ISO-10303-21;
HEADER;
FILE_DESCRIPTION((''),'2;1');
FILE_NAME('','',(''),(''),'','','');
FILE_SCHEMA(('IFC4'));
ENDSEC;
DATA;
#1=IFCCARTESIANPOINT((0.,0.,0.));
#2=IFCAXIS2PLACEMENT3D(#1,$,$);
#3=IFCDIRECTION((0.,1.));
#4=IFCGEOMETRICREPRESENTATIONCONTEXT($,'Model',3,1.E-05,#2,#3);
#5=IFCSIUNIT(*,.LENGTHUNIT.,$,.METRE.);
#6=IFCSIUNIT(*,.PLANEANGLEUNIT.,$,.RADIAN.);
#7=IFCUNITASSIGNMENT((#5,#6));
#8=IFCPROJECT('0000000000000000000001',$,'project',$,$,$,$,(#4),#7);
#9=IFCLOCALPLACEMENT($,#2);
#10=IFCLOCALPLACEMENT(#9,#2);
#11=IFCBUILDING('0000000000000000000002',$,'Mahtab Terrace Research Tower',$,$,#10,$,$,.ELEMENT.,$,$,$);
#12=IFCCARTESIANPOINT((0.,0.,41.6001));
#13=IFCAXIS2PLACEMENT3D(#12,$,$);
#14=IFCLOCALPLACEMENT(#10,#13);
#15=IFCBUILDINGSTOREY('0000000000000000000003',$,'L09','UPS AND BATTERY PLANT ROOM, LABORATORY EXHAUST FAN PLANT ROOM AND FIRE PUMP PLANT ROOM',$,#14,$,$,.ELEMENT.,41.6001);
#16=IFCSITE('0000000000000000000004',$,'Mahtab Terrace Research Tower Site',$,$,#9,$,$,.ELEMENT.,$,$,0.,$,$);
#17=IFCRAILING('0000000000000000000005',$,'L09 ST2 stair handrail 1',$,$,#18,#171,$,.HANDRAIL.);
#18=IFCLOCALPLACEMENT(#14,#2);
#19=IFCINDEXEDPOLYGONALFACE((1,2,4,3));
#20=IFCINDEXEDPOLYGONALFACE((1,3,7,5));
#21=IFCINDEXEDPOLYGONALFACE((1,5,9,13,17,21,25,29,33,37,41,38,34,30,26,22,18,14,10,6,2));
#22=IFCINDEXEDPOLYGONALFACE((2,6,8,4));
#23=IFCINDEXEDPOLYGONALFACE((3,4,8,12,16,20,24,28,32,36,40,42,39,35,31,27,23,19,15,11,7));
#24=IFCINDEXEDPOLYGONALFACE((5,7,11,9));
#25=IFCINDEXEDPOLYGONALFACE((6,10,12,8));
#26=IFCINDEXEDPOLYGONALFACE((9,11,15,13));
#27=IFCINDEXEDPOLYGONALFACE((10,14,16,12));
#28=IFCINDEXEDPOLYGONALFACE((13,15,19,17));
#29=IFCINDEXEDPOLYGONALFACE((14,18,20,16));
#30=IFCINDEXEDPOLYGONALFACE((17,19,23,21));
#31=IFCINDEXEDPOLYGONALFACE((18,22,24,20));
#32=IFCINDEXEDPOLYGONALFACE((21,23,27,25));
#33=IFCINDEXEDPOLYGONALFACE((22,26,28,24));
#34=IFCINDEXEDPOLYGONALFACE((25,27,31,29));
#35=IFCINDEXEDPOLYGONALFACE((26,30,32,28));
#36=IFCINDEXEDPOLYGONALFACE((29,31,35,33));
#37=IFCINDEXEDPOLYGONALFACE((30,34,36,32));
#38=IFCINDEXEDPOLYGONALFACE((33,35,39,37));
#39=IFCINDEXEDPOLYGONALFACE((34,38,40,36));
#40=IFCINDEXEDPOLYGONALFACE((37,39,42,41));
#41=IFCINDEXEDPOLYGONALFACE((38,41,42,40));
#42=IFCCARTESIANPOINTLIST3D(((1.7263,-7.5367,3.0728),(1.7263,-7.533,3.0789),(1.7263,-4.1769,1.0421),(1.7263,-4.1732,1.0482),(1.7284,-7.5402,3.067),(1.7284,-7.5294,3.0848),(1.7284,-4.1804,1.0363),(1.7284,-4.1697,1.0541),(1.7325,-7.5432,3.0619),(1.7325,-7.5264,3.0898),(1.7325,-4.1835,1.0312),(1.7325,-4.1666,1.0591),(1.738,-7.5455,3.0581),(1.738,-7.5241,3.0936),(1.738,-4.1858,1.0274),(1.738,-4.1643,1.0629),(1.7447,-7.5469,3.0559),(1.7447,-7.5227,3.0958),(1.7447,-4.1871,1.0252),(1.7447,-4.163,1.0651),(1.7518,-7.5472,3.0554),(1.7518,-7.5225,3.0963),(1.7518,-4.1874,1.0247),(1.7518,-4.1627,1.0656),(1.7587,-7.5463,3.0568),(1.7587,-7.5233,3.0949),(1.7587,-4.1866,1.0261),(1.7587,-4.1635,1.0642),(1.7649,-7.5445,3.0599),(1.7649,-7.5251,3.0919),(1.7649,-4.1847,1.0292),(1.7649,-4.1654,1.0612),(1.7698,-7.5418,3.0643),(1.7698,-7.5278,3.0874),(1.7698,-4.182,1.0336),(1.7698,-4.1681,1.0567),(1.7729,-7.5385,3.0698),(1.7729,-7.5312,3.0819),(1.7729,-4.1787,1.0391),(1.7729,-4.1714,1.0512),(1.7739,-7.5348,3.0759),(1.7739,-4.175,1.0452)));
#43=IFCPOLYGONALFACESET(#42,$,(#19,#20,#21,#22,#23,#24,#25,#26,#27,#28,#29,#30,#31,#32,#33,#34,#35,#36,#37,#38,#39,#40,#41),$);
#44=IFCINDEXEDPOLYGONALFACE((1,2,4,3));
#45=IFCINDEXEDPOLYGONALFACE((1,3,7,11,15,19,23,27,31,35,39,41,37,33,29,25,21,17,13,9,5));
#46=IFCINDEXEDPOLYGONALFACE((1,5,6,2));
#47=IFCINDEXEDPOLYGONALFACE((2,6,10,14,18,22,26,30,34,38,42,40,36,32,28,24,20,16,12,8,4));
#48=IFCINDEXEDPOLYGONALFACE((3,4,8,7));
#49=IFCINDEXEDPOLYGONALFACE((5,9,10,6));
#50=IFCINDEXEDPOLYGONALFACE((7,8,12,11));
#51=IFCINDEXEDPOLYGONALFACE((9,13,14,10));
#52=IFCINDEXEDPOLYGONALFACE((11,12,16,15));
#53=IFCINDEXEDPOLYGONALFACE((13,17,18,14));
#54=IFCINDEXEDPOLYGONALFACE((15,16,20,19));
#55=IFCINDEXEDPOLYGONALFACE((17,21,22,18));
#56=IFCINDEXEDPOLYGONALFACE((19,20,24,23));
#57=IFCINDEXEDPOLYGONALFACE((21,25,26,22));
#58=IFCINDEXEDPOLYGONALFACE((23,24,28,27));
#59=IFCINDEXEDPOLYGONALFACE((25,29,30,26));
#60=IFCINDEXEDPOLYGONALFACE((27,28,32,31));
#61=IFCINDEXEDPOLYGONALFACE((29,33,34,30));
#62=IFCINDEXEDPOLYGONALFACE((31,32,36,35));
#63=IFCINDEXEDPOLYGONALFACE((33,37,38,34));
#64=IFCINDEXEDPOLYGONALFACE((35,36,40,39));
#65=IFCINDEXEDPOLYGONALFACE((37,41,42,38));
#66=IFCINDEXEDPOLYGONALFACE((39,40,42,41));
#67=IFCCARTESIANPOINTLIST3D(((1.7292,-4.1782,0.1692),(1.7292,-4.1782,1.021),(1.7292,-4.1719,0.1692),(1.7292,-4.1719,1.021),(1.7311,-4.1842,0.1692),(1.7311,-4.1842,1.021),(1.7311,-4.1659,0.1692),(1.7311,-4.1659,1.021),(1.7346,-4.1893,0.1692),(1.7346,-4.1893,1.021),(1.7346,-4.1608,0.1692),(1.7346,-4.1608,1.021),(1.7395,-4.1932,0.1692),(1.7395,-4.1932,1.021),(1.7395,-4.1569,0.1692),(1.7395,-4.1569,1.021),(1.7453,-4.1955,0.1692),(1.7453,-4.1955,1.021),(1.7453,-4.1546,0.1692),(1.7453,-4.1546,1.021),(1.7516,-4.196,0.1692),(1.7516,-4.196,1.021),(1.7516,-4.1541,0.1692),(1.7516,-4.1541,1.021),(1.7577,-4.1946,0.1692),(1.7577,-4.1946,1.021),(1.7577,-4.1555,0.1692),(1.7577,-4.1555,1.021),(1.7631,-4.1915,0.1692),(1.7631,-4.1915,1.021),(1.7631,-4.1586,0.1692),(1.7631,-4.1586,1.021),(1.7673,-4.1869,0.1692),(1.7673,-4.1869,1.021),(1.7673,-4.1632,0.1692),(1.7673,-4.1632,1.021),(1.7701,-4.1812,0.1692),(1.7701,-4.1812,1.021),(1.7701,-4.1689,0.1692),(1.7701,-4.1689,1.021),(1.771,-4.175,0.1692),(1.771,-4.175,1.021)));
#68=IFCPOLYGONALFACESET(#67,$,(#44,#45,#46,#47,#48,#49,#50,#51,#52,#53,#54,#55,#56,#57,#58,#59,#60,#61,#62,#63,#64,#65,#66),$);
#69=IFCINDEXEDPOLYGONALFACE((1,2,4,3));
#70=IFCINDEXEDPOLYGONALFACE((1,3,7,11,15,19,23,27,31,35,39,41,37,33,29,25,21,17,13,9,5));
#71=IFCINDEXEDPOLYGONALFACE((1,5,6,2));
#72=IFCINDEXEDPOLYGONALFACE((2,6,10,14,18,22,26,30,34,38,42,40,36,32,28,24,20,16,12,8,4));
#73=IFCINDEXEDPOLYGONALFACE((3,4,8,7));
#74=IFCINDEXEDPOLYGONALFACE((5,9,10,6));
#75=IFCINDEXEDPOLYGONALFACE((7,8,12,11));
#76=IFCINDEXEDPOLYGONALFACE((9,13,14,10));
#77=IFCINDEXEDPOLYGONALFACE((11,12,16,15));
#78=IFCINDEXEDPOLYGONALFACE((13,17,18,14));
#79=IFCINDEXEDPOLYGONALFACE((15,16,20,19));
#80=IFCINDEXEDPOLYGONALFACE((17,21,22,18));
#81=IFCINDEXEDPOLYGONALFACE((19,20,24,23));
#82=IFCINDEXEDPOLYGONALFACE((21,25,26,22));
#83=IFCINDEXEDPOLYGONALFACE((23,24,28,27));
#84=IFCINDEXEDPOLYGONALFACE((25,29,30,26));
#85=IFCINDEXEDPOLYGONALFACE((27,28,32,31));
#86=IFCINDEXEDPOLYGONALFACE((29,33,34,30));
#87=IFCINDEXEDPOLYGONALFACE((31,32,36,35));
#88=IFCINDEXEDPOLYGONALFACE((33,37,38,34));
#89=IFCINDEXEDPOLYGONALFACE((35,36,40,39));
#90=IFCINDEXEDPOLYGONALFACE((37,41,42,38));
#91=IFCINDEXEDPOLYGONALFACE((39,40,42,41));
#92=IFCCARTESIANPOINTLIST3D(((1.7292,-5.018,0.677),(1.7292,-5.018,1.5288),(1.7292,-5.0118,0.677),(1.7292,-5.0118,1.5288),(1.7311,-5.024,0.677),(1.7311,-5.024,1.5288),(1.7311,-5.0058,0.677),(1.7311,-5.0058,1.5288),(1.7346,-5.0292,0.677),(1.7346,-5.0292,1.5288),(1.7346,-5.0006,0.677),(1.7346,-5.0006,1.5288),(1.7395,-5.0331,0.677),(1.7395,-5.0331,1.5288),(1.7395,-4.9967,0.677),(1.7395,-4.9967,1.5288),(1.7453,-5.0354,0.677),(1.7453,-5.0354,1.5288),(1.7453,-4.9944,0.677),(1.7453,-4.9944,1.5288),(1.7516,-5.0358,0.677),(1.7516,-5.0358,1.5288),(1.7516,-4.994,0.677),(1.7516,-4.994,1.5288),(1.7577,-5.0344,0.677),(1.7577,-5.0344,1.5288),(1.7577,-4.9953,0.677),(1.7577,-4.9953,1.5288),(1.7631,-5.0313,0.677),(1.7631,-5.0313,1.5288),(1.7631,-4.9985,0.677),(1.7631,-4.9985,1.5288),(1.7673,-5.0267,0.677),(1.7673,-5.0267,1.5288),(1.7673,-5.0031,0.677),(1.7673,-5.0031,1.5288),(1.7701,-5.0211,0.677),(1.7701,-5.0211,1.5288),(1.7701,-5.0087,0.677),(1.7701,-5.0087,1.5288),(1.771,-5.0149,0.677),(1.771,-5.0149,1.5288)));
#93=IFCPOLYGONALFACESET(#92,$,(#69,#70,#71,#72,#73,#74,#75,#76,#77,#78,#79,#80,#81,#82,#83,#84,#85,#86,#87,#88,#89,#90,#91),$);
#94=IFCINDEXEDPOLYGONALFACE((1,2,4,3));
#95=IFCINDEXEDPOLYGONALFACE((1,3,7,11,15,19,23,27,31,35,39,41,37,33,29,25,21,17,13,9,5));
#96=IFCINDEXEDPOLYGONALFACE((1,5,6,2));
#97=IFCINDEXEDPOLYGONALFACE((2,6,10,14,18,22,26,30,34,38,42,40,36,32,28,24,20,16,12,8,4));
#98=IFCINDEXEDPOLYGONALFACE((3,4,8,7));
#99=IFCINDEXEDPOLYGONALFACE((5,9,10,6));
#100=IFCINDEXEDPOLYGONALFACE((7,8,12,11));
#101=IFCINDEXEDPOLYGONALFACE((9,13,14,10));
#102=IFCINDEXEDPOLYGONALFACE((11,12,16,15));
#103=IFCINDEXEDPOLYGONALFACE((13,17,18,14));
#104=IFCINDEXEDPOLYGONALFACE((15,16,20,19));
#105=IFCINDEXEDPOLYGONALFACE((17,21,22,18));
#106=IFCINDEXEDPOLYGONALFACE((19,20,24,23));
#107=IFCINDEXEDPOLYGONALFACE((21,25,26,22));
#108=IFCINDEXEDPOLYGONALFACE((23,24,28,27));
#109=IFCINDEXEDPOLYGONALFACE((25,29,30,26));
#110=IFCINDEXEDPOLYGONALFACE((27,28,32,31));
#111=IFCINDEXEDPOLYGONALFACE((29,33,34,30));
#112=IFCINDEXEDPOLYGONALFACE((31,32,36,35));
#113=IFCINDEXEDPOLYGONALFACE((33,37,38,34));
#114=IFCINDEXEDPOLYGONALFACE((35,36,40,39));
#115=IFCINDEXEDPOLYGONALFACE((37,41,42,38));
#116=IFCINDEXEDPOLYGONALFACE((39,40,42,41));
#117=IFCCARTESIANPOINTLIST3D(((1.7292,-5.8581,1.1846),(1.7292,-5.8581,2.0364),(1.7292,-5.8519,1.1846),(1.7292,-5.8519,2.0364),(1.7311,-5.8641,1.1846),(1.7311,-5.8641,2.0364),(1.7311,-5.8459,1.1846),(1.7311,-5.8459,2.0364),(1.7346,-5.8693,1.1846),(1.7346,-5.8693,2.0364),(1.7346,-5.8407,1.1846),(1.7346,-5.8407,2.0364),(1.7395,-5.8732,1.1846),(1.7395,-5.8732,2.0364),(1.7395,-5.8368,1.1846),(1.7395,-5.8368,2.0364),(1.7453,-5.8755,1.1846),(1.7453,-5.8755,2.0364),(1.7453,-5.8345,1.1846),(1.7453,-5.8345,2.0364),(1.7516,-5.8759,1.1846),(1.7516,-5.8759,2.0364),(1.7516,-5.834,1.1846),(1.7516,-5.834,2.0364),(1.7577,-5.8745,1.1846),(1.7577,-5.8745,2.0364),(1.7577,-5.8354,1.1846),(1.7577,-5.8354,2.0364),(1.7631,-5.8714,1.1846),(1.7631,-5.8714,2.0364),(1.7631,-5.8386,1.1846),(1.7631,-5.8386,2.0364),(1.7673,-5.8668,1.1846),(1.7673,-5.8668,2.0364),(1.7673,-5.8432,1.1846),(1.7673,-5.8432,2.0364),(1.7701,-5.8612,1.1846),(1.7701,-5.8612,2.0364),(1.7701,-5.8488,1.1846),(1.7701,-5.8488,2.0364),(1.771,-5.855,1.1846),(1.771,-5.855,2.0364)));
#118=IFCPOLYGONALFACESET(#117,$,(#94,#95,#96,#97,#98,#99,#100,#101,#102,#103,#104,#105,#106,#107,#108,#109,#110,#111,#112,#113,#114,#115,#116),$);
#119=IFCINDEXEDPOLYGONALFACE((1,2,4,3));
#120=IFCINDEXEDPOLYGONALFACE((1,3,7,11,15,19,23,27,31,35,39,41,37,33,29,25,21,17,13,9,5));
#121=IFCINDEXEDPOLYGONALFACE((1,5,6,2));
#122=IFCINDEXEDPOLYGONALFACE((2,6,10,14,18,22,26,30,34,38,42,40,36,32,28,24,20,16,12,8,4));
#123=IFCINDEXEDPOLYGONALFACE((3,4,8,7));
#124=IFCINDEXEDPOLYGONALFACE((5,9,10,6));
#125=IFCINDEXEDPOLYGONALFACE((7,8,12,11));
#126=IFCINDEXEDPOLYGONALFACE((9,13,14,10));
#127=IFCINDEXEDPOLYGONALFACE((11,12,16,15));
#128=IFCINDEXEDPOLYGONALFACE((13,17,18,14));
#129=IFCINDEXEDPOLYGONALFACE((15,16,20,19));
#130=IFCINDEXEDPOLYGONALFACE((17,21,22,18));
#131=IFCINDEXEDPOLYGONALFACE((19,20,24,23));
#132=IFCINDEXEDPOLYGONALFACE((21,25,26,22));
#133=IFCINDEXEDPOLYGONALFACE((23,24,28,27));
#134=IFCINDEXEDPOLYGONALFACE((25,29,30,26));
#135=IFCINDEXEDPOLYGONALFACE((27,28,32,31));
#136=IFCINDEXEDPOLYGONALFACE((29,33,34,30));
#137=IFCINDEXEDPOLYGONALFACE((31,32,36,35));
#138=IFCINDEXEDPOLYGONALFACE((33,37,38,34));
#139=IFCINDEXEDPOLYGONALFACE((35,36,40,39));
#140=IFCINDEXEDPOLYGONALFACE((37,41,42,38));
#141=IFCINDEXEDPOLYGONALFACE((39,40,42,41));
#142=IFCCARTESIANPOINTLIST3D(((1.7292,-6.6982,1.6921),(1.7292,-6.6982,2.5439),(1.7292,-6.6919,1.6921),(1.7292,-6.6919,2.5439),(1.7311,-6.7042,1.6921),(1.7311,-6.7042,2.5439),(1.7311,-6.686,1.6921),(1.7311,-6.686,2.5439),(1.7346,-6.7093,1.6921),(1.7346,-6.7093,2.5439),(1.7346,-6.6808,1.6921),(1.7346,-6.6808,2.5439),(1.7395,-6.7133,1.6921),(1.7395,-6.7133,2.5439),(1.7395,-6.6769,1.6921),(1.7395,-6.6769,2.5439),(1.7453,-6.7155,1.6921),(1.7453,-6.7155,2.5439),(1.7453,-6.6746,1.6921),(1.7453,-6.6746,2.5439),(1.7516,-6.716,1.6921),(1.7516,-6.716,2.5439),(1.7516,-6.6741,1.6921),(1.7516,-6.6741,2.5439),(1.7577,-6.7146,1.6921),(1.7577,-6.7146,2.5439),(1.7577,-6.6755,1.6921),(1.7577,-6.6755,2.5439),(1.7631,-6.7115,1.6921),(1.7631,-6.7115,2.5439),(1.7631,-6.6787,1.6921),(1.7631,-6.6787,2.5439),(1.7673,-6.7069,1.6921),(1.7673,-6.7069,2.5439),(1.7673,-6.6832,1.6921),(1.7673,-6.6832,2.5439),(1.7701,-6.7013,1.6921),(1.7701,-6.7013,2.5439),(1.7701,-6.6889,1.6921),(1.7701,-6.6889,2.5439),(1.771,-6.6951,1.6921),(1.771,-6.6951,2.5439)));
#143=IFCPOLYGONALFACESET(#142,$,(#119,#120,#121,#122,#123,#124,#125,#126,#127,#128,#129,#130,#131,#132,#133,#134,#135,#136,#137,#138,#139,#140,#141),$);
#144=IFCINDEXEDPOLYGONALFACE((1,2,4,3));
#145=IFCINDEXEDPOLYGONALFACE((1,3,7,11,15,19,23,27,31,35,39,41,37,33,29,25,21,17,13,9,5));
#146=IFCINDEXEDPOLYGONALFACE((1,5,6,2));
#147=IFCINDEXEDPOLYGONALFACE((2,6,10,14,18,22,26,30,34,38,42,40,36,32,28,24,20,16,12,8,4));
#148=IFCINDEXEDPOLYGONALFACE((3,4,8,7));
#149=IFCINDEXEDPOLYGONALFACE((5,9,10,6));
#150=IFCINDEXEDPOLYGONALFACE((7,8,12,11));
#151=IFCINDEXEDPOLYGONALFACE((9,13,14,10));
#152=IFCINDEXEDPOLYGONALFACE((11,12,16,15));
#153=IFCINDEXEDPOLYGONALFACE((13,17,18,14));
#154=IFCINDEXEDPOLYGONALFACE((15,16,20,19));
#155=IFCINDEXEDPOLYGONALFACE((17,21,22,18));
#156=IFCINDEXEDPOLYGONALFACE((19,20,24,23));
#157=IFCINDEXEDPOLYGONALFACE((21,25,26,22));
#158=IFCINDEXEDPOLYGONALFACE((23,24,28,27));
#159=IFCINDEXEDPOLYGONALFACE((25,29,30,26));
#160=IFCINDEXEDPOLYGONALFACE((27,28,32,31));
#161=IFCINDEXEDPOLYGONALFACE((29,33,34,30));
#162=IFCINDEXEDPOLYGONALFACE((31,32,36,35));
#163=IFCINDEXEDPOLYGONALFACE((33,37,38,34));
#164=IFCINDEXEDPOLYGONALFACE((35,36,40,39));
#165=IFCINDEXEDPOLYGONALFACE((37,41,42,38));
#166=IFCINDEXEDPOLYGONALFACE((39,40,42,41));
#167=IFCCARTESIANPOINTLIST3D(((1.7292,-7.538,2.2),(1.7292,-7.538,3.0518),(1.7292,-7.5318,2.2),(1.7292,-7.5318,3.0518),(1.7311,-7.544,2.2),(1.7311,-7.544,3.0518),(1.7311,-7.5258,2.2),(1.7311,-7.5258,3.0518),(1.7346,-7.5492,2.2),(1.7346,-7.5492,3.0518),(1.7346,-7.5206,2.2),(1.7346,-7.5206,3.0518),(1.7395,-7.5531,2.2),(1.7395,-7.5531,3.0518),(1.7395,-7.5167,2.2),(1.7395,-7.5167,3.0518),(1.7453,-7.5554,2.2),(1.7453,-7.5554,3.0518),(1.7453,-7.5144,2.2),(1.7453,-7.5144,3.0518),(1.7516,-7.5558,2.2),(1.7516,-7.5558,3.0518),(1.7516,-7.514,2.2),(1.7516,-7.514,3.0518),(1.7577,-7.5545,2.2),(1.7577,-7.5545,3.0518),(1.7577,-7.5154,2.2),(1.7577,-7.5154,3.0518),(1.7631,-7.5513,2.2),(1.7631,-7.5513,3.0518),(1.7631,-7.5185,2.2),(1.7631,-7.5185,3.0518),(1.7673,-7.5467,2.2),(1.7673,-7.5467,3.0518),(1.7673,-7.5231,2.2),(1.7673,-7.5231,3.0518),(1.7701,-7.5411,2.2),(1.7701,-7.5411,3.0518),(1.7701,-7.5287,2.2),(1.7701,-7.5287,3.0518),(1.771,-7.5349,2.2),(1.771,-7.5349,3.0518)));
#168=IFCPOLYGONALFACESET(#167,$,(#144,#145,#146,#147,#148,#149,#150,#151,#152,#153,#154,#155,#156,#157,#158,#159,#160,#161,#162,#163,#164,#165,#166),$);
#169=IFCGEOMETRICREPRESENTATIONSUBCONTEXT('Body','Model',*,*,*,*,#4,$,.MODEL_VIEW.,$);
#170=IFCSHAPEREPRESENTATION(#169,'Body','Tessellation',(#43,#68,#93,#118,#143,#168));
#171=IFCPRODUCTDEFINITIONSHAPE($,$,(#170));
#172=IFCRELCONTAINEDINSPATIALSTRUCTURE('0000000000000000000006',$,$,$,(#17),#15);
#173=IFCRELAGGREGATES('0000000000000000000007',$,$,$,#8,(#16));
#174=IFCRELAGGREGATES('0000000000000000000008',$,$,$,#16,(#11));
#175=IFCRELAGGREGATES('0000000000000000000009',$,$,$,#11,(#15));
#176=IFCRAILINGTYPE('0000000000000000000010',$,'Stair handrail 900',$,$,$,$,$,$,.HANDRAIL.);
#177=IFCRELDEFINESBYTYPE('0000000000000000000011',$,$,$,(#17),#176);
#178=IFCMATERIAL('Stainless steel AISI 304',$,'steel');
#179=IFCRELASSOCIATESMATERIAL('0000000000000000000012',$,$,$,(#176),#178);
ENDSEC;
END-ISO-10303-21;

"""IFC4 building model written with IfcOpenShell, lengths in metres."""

from ifc_helpers import new_model, si_unit, direction, frame, origin, origin_2d, place, context, subcontext, project, spatial, circle, extrude, material, type_object, element, save


model = new_model("IFC4")

# Units and contexts
model_context = context("Model", 3, precision=1e-05, world=origin(), true_north=direction((0.0, 1.0)))
body_context = subcontext(model_context, "Body", "Model", "MODEL_VIEW")
ifc_project = project(units=[si_unit("LENGTHUNIT", "METRE"), si_unit("PLANEANGLEUNIT", "RADIAN")], contexts=[model_context])

# Site, building, storey
site_placement = place(None, origin())
site = spatial("IfcSite", under=ifc_project, at=site_placement, Name="Mahtab Terrace Research Tower Site", CompositionType="ELEMENT", RefElevation=0.0)
building_placement = place(site_placement, origin())
building = spatial("IfcBuilding", under=site, at=building_placement, Name="Mahtab Terrace Research Tower", CompositionType="ELEMENT")
storey_placement = place(building_placement, frame((0.0, 0.0, 41.6001)))
storey = spatial("IfcBuildingStorey", under=building, at=storey_placement, Name="L09", Description="UPS AND BATTERY PLANT ROOM, LABORATORY EXHAUST FAN PLANT ROOM AND FIRE PUMP PLANT ROOM", CompositionType="ELEMENT", Elevation=41.6001)

# Railing
ifc_material_1 = material(Name="Stainless steel AISI 304", Category="steel")
railing_type_1 = type_object("IfcRailingType", Name="Stair handrail 900", PredefinedType="HANDRAIL", material=ifc_material_1)
railing_1_placement = place(storey_placement, frame((1.75, -4.175, 0.1692)))
element("IfcRailing", 1, at=railing_1_placement, inside=storey, type_object=railing_type_1, Name="L09 ST2 stair handrail 1", PredefinedType="HANDRAIL", context=body_context, shape_type="SweptSolid", body=[
    extrude(circle(Radius=0.0239, at=origin_2d()), frame((0.0, 0.0, 0.876), z_axis=(0.0, -0.85582, 0.517273), x_axis=(1.0, 0.0, 0.0)), (0.0, 0.0, 1.0), 3.9258),
    extrude(circle(Radius=0.021, at=origin_2d()), origin(), (0.0, 0.0, 1.0), 0.8518),
    extrude(circle(Radius=0.021, at=origin_2d()), frame((0.0, -0.8398, 0.5078)), (0.0, 0.0, 1.0), 0.8518),
    extrude(circle(Radius=0.021, at=origin_2d()), frame((0.0, -1.6799, 1.0154)), (0.0, 0.0, 1.0), 0.8518),
    extrude(circle(Radius=0.021, at=origin_2d()), frame((0.0, -2.52, 1.5229)), (0.0, 0.0, 1.0), 0.8518),
    extrude(circle(Radius=0.021, at=origin_2d()), frame((0.0, -3.3599, 2.0308)), (0.0, 0.0, 1.0), 0.8518),
])

save(model, "model.ifc")
